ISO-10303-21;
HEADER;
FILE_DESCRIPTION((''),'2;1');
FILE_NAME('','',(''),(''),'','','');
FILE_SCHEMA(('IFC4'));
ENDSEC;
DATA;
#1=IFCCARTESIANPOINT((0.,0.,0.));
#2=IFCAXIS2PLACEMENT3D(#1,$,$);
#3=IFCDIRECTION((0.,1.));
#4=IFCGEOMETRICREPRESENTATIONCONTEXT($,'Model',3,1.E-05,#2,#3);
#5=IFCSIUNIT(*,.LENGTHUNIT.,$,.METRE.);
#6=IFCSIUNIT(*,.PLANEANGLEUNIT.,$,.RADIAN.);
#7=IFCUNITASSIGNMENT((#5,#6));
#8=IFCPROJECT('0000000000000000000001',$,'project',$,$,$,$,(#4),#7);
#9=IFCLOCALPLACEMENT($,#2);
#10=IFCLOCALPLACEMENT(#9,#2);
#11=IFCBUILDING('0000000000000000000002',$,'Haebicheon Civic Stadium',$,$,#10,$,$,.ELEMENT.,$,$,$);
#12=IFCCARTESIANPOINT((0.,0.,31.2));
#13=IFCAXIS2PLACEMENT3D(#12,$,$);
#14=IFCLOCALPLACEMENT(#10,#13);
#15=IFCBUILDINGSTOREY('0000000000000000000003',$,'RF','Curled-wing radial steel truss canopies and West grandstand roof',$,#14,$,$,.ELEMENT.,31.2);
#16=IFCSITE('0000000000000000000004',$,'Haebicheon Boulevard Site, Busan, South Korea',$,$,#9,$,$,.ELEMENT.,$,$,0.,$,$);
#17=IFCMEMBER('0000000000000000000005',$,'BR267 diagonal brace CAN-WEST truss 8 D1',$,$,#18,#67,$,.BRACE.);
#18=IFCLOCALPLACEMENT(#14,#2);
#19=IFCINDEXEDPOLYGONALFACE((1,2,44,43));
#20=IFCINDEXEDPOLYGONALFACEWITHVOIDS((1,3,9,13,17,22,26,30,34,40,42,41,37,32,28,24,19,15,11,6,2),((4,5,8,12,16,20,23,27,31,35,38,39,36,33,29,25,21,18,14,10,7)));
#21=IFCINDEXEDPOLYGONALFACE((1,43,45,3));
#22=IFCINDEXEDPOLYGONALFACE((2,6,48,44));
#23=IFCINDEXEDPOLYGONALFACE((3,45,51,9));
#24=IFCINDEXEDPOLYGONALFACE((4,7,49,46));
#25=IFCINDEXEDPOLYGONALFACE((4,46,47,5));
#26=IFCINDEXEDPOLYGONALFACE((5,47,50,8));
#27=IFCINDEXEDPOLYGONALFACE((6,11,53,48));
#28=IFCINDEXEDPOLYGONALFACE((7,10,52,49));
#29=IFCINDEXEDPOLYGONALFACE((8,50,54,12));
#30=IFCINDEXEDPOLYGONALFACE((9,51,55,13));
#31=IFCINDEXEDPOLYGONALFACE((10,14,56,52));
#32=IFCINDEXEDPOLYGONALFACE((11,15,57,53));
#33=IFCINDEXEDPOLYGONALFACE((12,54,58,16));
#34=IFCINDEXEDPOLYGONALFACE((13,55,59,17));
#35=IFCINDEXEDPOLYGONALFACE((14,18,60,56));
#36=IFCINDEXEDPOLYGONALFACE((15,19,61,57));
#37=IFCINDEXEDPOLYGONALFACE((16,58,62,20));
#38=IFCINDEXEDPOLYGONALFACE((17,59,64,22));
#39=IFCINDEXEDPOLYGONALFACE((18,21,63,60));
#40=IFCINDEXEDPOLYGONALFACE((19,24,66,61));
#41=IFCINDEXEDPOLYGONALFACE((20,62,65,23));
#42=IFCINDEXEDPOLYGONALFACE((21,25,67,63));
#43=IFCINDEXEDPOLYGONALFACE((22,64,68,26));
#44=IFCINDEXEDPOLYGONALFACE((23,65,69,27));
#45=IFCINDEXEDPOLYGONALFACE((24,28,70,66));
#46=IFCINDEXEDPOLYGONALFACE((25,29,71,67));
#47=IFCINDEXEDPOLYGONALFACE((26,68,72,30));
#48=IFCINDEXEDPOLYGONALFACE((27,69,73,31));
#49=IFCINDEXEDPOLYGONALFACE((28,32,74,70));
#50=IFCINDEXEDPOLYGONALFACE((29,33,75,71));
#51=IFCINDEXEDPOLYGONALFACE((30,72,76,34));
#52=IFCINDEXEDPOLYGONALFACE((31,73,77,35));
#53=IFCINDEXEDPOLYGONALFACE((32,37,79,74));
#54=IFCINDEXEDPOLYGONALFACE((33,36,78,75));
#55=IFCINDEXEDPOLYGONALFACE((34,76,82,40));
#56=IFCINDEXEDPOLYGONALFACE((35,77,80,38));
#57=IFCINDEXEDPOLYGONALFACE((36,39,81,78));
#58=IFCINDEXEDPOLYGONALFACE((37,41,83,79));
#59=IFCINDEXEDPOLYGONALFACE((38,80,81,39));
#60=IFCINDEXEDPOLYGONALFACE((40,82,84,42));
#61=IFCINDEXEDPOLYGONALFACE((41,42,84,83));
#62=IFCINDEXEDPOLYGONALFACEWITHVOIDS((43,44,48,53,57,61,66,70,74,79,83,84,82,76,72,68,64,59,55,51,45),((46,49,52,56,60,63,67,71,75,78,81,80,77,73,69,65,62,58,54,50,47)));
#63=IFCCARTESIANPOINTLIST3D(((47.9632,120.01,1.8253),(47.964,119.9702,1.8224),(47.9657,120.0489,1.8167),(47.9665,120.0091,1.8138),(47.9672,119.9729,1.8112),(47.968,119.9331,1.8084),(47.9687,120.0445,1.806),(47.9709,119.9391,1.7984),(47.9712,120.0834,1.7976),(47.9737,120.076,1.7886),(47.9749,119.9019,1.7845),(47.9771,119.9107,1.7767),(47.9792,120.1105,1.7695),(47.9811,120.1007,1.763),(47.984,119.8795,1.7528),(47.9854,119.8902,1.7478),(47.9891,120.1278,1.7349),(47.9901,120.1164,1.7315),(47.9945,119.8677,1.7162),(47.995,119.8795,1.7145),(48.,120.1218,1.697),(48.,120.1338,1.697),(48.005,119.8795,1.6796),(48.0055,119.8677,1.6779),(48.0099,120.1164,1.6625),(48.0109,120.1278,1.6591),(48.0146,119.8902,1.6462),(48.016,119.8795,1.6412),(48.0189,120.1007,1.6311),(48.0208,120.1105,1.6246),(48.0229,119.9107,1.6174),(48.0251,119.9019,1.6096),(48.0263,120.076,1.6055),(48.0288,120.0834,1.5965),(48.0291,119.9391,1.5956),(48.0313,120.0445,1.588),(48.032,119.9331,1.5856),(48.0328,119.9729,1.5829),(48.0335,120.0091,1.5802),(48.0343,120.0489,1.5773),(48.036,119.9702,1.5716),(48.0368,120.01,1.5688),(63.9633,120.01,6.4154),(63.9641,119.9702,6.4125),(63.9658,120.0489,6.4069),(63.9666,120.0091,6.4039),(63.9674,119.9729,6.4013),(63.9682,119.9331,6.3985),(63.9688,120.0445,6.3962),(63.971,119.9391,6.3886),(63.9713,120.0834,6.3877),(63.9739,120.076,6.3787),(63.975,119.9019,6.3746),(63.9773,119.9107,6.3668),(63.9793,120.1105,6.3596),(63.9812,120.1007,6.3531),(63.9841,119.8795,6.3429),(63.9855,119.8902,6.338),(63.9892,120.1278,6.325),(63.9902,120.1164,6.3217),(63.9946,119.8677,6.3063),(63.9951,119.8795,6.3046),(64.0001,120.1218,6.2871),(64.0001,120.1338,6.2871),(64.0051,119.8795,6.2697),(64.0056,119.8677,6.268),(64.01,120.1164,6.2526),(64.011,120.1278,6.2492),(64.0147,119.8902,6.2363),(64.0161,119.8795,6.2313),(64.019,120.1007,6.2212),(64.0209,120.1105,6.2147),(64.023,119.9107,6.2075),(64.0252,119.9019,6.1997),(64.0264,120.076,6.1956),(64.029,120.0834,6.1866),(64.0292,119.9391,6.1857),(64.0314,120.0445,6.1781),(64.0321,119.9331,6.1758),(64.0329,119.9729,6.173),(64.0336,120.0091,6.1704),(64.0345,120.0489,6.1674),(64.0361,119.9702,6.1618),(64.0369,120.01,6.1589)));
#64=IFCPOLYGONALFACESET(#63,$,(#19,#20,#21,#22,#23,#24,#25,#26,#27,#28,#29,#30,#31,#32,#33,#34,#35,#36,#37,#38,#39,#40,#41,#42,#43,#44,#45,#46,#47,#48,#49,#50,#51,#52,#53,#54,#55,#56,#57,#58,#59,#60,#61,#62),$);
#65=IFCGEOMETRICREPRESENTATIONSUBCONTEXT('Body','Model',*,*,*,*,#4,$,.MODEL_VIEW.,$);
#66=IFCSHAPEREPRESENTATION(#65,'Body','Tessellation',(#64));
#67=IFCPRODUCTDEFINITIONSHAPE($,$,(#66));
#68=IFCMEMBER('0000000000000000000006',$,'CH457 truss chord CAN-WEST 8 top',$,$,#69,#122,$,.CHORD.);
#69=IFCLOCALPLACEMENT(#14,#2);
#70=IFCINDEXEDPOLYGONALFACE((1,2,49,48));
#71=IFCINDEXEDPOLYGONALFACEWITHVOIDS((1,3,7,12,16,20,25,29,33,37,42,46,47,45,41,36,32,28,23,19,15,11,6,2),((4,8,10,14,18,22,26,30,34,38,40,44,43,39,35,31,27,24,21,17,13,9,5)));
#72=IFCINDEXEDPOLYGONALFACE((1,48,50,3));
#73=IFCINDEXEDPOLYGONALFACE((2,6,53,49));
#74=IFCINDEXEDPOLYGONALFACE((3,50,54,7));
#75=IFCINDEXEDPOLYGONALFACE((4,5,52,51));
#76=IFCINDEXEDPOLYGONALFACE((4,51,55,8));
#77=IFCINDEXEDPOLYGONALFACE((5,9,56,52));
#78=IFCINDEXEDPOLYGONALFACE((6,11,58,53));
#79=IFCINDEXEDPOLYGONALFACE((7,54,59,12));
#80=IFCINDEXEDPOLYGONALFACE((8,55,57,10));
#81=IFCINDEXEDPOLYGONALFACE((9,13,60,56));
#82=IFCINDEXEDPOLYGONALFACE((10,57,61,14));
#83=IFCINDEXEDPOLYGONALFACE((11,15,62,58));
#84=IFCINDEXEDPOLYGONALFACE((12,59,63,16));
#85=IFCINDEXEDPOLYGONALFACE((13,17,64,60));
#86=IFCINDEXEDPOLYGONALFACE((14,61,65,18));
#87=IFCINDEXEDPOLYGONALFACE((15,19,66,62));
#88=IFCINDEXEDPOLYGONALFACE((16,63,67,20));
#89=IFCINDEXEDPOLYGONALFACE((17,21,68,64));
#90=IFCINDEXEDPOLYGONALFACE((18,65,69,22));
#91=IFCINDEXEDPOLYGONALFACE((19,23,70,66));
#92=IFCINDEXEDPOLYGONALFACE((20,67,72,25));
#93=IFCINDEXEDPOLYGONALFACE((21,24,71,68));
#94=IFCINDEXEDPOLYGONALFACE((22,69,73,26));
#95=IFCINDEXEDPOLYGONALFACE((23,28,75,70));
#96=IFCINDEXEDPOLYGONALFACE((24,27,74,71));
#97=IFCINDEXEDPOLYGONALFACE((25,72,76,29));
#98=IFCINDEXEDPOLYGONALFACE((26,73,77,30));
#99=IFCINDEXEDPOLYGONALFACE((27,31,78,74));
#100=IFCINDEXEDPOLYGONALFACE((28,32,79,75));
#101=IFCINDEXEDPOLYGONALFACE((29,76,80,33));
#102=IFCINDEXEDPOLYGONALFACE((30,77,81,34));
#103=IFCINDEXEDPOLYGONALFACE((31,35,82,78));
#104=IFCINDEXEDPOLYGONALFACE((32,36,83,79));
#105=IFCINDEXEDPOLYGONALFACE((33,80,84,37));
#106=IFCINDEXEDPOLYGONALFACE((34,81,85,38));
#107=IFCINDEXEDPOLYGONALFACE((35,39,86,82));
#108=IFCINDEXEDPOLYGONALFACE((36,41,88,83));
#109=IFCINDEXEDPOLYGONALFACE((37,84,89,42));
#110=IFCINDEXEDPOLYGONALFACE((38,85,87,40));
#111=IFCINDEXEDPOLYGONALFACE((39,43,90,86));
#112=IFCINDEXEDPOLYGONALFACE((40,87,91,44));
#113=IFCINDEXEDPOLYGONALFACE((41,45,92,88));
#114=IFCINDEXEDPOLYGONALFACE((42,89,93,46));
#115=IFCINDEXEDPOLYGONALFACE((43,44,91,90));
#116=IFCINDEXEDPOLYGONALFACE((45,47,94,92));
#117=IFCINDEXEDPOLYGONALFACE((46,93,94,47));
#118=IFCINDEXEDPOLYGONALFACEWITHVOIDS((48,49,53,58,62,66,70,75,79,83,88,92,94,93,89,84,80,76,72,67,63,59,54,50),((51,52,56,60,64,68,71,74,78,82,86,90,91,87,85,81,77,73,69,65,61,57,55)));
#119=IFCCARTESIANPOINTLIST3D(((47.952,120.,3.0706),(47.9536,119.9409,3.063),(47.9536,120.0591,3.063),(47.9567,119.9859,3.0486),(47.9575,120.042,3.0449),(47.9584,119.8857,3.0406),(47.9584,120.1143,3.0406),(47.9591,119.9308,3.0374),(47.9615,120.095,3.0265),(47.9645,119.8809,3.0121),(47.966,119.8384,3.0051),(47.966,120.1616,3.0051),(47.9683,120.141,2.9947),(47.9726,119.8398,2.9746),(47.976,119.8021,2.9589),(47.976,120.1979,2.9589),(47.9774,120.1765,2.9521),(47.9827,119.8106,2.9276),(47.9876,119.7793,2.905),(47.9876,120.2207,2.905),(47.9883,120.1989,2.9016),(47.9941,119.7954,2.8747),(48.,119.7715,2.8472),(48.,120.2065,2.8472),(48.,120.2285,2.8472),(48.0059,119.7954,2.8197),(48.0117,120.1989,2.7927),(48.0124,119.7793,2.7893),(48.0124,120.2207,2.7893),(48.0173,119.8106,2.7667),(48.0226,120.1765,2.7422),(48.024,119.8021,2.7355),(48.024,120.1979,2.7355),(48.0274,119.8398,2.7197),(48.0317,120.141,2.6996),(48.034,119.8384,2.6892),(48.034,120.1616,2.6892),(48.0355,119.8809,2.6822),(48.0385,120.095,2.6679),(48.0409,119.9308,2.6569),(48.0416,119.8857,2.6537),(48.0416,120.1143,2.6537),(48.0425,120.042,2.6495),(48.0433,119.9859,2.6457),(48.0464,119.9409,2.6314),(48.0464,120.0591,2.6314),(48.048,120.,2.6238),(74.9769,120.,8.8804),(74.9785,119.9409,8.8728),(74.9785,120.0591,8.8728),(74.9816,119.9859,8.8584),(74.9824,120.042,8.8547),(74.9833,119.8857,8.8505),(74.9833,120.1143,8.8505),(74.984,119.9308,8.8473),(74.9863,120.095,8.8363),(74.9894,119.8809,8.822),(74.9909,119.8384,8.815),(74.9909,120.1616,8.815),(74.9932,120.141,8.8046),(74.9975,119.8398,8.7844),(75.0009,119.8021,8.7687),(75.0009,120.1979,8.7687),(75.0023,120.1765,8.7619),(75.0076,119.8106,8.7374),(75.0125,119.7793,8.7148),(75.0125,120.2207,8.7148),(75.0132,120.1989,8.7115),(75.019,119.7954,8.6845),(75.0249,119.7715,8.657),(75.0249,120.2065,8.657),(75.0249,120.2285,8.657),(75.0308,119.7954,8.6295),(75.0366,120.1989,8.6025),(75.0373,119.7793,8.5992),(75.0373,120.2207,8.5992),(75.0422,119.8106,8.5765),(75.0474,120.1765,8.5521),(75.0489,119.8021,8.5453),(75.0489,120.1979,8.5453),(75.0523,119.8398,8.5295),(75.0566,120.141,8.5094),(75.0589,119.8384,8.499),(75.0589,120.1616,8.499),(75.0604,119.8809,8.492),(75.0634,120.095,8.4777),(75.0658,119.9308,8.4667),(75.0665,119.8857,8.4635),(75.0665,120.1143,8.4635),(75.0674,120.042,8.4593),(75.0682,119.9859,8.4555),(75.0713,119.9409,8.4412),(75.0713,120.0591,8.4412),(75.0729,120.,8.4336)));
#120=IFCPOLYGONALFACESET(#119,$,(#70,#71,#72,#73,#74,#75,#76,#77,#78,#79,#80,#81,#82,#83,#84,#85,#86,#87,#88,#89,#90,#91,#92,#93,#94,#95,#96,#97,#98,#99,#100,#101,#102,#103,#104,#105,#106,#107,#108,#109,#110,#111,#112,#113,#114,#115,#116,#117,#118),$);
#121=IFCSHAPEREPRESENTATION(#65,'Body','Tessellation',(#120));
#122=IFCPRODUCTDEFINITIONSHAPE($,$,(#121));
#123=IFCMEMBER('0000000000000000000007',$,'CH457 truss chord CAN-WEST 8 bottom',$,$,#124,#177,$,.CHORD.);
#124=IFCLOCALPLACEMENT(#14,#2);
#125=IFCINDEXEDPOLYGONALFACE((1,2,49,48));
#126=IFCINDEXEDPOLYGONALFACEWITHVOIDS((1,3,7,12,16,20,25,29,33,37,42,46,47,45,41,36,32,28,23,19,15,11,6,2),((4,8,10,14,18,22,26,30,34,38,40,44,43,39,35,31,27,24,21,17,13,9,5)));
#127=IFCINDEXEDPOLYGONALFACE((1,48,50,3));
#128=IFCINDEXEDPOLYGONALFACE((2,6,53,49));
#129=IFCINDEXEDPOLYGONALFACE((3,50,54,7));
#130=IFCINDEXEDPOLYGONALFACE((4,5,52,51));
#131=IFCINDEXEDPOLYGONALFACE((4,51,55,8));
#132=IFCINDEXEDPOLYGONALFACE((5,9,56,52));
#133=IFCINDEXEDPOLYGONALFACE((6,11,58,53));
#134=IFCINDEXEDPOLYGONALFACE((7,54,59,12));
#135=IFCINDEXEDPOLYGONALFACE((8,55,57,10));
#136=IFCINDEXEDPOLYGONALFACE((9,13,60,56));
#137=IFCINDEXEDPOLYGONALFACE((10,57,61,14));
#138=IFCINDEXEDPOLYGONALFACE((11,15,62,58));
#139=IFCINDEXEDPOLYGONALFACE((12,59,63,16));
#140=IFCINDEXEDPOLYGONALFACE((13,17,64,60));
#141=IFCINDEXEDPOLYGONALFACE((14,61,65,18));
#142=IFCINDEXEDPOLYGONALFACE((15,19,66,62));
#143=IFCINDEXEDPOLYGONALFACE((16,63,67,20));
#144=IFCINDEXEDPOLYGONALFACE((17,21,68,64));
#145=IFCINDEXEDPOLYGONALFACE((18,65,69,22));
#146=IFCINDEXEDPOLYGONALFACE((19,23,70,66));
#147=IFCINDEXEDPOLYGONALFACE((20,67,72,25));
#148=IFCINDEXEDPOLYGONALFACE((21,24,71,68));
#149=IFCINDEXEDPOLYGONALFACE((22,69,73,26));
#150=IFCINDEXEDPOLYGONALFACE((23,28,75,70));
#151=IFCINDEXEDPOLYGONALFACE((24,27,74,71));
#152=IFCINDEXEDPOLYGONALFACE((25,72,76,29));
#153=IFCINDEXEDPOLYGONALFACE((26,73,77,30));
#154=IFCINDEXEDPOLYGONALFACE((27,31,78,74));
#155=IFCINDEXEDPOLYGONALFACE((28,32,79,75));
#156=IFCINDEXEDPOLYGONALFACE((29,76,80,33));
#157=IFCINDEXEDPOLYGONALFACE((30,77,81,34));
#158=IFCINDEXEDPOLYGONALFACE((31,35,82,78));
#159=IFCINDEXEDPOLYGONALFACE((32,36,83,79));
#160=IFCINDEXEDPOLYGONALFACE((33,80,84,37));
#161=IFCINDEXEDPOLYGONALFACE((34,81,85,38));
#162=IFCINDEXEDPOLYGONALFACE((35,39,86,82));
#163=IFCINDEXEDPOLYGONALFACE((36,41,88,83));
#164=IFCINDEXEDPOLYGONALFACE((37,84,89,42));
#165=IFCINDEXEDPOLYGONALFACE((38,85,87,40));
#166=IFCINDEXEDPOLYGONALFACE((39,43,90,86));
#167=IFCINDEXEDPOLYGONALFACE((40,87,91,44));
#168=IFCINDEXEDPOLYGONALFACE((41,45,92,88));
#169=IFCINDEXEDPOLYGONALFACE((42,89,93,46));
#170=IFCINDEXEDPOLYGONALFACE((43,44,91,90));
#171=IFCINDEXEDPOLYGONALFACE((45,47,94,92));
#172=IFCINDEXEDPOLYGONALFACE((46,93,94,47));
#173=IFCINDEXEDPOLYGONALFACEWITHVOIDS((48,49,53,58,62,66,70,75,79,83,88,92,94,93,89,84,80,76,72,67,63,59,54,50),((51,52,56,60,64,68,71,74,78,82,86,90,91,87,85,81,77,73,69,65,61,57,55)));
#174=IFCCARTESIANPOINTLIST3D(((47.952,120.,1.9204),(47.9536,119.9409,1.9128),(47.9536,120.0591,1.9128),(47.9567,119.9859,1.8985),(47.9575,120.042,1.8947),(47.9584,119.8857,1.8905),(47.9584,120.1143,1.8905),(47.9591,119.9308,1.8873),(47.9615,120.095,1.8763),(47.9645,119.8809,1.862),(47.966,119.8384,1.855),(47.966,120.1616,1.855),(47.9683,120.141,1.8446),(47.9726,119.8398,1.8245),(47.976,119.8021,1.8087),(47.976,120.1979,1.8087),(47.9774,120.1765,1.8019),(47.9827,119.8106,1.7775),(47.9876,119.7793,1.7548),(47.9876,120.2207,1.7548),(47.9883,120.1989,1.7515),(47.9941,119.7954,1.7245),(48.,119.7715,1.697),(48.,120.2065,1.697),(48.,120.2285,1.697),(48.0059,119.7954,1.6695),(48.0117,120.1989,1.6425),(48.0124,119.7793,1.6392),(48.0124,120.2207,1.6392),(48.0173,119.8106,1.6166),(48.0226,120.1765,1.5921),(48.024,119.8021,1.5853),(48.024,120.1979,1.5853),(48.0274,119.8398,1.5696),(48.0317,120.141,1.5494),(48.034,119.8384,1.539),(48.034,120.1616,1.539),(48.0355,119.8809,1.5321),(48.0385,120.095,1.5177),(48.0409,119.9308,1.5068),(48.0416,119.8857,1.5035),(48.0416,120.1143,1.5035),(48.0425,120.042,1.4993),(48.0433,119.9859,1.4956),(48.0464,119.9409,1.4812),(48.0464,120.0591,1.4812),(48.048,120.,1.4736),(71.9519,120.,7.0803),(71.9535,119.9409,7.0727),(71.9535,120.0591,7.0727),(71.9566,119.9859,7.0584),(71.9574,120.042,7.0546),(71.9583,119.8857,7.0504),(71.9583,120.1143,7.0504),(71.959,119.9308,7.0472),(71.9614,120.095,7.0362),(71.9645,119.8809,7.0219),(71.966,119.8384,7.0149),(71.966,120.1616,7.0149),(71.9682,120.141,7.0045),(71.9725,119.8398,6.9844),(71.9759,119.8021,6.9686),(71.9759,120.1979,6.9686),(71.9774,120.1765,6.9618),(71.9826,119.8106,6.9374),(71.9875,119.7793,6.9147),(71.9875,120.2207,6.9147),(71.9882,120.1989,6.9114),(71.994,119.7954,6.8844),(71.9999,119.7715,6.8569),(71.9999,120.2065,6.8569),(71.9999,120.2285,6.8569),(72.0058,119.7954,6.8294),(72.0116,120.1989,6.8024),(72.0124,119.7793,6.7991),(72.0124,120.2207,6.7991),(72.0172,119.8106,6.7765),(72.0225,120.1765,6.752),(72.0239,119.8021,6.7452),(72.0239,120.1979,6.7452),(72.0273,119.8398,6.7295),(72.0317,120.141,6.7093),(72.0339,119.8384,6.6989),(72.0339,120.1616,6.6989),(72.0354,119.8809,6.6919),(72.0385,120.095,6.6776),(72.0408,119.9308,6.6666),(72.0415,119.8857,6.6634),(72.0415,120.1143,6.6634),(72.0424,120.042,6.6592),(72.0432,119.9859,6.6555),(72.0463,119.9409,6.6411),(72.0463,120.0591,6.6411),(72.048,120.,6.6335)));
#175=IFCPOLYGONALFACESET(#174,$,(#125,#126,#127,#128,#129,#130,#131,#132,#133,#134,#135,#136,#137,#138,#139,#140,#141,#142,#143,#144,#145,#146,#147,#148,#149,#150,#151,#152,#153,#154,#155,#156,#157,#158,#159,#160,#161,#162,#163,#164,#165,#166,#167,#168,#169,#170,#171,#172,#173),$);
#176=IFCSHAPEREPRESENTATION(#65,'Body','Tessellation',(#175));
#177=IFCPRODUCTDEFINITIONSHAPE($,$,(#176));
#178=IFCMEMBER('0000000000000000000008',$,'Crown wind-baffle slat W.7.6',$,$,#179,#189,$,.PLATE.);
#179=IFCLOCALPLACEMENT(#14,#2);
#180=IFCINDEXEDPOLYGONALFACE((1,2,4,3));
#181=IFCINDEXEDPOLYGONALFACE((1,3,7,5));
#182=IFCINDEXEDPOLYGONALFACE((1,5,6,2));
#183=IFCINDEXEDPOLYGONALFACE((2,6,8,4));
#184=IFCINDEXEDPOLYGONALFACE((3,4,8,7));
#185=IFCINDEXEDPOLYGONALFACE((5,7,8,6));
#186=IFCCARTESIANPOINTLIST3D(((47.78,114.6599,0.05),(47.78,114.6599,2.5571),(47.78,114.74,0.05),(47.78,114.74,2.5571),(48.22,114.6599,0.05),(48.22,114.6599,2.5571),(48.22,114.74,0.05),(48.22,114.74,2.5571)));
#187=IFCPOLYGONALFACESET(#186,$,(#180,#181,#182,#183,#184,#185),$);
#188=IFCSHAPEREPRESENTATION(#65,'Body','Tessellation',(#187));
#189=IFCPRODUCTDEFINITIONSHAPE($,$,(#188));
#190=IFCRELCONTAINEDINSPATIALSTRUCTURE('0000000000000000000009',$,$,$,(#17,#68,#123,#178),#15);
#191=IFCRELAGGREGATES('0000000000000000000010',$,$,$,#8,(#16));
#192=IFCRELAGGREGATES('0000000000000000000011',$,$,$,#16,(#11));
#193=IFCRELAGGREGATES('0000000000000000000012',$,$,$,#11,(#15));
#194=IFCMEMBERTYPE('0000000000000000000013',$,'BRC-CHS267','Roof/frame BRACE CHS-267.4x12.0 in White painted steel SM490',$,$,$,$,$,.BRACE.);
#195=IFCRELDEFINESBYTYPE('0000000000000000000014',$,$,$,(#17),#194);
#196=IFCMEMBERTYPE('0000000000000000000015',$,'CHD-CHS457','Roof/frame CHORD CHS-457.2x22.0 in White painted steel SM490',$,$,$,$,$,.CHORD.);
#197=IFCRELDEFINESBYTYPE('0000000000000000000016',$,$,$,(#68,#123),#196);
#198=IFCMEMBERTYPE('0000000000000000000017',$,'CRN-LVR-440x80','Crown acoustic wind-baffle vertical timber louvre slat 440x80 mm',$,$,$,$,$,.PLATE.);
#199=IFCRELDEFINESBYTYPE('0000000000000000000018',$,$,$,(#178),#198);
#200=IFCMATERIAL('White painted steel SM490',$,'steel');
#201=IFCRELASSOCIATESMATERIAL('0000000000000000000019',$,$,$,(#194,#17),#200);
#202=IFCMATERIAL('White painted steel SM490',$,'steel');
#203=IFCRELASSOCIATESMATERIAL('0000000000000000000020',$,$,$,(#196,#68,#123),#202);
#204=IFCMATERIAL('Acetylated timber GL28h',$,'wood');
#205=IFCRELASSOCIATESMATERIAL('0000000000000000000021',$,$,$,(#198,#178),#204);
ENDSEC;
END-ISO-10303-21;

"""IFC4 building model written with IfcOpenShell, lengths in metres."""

from ifc_helpers import new_model, si_unit, direction, frame, origin, origin_2d, place, context, subcontext, project, spatial, rectangle, hollow_circle, extrude, material, material_profile, profile_set, type_object, element, save


model = new_model("IFC4")

# Units and contexts
model_context = context("Model", 3, precision=1e-05, world=origin(), true_north=direction((0.0, 1.0)))
body_context = subcontext(model_context, "Body", "Model", "MODEL_VIEW")
ifc_project = project(units=[si_unit("LENGTHUNIT", "METRE"), si_unit("PLANEANGLEUNIT", "RADIAN")], contexts=[model_context])

# Site, building, storey
site_placement = place(None, origin())
site = spatial("IfcSite", under=ifc_project, at=site_placement, Name="Haebicheon Boulevard Site, Busan, South Korea", CompositionType="ELEMENT", RefElevation=0.0)
building_placement = place(site_placement, origin())
building = spatial("IfcBuilding", under=site, at=building_placement, Name="Haebicheon Civic Stadium", CompositionType="ELEMENT")
storey_placement = place(building_placement, frame((0.0, 0.0, 31.2)))
storey = spatial("IfcBuildingStorey", under=building, at=storey_placement, Name="RF", Description="Curled-wing radial steel truss canopies and West grandstand roof", CompositionType="ELEMENT", Elevation=31.2)

# Members
ifc_material_1 = material(Name="White painted steel SM490", Category="steel")
ifc_material_profile_1 = material_profile(ifc_material_1, hollow_circle(Radius=0.1338, WallThickness=0.012, at=origin_2d()), Name="CHS-267.4x12.0")
ifc_profile_set_1 = profile_set([ifc_material_profile_1], Name="White painted steel SM490")
member_type_1 = type_object("IfcMemberType", Name="BRC-CHS267", Description="Roof/frame BRACE CHS-267.4x12.0 in White painted steel SM490", PredefinedType="BRACE", material=ifc_profile_set_1)
member_1_placement = place(storey_placement, frame((48.0, 120.0, 1.697), z_axis=(0.961227, 0.0, 0.275757), x_axis=(0.0, 1.0, 0.0)))
element("IfcMember", 1, at=member_1_placement, inside=storey, type_object=member_type_1, material=ifc_profile_set_1, Name="BR267 diagonal brace CAN-WEST truss 8 D1", PredefinedType="BRACE", context=body_context, shape_type="SweptSolid", body=[
    extrude(hollow_circle(Radius=0.1338, WallThickness=0.012, at=origin_2d()), origin(), (0.0, 0.0, 1.0), 16.6455),
])
ifc_material_2 = material(Name="White painted steel SM490", Category="steel")
ifc_material_profile_2 = material_profile(ifc_material_2, hollow_circle(Radius=0.2285, WallThickness=0.022, at=origin_2d()), Name="CHS-457.2x22.0")
ifc_profile_set_2 = profile_set([ifc_material_profile_2], Name="White painted steel SM490")
member_type_2 = type_object("IfcMemberType", Name="CHD-CHS457", Description="Roof/frame CHORD CHS-457.2x22.0 in White painted steel SM490", PredefinedType="CHORD", material=ifc_profile_set_2)
member_2_placement = place(storey_placement, frame((48.0, 120.0, 2.8472), z_axis=(0.977663, 0.0, 0.210178), x_axis=(0.0, 1.0, 0.0)))
element("IfcMember", 2, at=member_2_placement, inside=storey, type_object=member_type_2, material=ifc_profile_set_2, Name="CH457 truss chord CAN-WEST 8 top", PredefinedType="CHORD", context=body_context, shape_type="SweptSolid", body=[
    extrude(hollow_circle(Radius=0.2285, WallThickness=0.022, at=origin_2d()), origin(), (0.0, 0.0, 1.0), 27.6423),
])
member_3_placement = place(storey_placement, frame((48.0, 120.0, 1.697), z_axis=(0.97766, 0.0, 0.210193), x_axis=(0.0, 1.0, 0.0)))
element("IfcMember", 3, at=member_3_placement, inside=storey, type_object=member_type_2, material=ifc_profile_set_2, Name="CH457 truss chord CAN-WEST 8 bottom", PredefinedType="CHORD", context=body_context, shape_type="SweptSolid", body=[
    extrude(hollow_circle(Radius=0.2285, WallThickness=0.022, at=origin_2d()), origin(), (0.0, 0.0, 1.0), 24.5483),
])
ifc_material_3 = material(Name="Acetylated timber GL28h", Category="wood")
ifc_material_profile_3 = material_profile(ifc_material_3, rectangle(XDim=0.0801, YDim=0.4399, at=origin_2d()), Name="TMB-LOUV-80x440")
ifc_profile_set_3 = profile_set([ifc_material_profile_3], Name="Acetylated timber GL28h")
member_type_3 = type_object("IfcMemberType", Name="CRN-LVR-440x80", Description="Crown acoustic wind-baffle vertical timber louvre slat 440x80 mm", PredefinedType="PLATE", material=ifc_profile_set_3)
member_4_placement = place(storey_placement, frame((48.0, 114.7, 0.05), z_axis=(0.0, 0.0, 1.0), x_axis=(0.0, 1.0, 0.0)))
element("IfcMember", 4, at=member_4_placement, inside=storey, type_object=member_type_3, material=ifc_profile_set_3, Name="Crown wind-baffle slat W.7.6", PredefinedType="PLATE", context=body_context, shape_type="SweptSolid", body=[
    extrude(rectangle(XDim=0.0801, YDim=0.4399, at=origin_2d()), origin(), (0.0, 0.0, 1.0), 2.5071),
])

save(model, "model.ifc")
